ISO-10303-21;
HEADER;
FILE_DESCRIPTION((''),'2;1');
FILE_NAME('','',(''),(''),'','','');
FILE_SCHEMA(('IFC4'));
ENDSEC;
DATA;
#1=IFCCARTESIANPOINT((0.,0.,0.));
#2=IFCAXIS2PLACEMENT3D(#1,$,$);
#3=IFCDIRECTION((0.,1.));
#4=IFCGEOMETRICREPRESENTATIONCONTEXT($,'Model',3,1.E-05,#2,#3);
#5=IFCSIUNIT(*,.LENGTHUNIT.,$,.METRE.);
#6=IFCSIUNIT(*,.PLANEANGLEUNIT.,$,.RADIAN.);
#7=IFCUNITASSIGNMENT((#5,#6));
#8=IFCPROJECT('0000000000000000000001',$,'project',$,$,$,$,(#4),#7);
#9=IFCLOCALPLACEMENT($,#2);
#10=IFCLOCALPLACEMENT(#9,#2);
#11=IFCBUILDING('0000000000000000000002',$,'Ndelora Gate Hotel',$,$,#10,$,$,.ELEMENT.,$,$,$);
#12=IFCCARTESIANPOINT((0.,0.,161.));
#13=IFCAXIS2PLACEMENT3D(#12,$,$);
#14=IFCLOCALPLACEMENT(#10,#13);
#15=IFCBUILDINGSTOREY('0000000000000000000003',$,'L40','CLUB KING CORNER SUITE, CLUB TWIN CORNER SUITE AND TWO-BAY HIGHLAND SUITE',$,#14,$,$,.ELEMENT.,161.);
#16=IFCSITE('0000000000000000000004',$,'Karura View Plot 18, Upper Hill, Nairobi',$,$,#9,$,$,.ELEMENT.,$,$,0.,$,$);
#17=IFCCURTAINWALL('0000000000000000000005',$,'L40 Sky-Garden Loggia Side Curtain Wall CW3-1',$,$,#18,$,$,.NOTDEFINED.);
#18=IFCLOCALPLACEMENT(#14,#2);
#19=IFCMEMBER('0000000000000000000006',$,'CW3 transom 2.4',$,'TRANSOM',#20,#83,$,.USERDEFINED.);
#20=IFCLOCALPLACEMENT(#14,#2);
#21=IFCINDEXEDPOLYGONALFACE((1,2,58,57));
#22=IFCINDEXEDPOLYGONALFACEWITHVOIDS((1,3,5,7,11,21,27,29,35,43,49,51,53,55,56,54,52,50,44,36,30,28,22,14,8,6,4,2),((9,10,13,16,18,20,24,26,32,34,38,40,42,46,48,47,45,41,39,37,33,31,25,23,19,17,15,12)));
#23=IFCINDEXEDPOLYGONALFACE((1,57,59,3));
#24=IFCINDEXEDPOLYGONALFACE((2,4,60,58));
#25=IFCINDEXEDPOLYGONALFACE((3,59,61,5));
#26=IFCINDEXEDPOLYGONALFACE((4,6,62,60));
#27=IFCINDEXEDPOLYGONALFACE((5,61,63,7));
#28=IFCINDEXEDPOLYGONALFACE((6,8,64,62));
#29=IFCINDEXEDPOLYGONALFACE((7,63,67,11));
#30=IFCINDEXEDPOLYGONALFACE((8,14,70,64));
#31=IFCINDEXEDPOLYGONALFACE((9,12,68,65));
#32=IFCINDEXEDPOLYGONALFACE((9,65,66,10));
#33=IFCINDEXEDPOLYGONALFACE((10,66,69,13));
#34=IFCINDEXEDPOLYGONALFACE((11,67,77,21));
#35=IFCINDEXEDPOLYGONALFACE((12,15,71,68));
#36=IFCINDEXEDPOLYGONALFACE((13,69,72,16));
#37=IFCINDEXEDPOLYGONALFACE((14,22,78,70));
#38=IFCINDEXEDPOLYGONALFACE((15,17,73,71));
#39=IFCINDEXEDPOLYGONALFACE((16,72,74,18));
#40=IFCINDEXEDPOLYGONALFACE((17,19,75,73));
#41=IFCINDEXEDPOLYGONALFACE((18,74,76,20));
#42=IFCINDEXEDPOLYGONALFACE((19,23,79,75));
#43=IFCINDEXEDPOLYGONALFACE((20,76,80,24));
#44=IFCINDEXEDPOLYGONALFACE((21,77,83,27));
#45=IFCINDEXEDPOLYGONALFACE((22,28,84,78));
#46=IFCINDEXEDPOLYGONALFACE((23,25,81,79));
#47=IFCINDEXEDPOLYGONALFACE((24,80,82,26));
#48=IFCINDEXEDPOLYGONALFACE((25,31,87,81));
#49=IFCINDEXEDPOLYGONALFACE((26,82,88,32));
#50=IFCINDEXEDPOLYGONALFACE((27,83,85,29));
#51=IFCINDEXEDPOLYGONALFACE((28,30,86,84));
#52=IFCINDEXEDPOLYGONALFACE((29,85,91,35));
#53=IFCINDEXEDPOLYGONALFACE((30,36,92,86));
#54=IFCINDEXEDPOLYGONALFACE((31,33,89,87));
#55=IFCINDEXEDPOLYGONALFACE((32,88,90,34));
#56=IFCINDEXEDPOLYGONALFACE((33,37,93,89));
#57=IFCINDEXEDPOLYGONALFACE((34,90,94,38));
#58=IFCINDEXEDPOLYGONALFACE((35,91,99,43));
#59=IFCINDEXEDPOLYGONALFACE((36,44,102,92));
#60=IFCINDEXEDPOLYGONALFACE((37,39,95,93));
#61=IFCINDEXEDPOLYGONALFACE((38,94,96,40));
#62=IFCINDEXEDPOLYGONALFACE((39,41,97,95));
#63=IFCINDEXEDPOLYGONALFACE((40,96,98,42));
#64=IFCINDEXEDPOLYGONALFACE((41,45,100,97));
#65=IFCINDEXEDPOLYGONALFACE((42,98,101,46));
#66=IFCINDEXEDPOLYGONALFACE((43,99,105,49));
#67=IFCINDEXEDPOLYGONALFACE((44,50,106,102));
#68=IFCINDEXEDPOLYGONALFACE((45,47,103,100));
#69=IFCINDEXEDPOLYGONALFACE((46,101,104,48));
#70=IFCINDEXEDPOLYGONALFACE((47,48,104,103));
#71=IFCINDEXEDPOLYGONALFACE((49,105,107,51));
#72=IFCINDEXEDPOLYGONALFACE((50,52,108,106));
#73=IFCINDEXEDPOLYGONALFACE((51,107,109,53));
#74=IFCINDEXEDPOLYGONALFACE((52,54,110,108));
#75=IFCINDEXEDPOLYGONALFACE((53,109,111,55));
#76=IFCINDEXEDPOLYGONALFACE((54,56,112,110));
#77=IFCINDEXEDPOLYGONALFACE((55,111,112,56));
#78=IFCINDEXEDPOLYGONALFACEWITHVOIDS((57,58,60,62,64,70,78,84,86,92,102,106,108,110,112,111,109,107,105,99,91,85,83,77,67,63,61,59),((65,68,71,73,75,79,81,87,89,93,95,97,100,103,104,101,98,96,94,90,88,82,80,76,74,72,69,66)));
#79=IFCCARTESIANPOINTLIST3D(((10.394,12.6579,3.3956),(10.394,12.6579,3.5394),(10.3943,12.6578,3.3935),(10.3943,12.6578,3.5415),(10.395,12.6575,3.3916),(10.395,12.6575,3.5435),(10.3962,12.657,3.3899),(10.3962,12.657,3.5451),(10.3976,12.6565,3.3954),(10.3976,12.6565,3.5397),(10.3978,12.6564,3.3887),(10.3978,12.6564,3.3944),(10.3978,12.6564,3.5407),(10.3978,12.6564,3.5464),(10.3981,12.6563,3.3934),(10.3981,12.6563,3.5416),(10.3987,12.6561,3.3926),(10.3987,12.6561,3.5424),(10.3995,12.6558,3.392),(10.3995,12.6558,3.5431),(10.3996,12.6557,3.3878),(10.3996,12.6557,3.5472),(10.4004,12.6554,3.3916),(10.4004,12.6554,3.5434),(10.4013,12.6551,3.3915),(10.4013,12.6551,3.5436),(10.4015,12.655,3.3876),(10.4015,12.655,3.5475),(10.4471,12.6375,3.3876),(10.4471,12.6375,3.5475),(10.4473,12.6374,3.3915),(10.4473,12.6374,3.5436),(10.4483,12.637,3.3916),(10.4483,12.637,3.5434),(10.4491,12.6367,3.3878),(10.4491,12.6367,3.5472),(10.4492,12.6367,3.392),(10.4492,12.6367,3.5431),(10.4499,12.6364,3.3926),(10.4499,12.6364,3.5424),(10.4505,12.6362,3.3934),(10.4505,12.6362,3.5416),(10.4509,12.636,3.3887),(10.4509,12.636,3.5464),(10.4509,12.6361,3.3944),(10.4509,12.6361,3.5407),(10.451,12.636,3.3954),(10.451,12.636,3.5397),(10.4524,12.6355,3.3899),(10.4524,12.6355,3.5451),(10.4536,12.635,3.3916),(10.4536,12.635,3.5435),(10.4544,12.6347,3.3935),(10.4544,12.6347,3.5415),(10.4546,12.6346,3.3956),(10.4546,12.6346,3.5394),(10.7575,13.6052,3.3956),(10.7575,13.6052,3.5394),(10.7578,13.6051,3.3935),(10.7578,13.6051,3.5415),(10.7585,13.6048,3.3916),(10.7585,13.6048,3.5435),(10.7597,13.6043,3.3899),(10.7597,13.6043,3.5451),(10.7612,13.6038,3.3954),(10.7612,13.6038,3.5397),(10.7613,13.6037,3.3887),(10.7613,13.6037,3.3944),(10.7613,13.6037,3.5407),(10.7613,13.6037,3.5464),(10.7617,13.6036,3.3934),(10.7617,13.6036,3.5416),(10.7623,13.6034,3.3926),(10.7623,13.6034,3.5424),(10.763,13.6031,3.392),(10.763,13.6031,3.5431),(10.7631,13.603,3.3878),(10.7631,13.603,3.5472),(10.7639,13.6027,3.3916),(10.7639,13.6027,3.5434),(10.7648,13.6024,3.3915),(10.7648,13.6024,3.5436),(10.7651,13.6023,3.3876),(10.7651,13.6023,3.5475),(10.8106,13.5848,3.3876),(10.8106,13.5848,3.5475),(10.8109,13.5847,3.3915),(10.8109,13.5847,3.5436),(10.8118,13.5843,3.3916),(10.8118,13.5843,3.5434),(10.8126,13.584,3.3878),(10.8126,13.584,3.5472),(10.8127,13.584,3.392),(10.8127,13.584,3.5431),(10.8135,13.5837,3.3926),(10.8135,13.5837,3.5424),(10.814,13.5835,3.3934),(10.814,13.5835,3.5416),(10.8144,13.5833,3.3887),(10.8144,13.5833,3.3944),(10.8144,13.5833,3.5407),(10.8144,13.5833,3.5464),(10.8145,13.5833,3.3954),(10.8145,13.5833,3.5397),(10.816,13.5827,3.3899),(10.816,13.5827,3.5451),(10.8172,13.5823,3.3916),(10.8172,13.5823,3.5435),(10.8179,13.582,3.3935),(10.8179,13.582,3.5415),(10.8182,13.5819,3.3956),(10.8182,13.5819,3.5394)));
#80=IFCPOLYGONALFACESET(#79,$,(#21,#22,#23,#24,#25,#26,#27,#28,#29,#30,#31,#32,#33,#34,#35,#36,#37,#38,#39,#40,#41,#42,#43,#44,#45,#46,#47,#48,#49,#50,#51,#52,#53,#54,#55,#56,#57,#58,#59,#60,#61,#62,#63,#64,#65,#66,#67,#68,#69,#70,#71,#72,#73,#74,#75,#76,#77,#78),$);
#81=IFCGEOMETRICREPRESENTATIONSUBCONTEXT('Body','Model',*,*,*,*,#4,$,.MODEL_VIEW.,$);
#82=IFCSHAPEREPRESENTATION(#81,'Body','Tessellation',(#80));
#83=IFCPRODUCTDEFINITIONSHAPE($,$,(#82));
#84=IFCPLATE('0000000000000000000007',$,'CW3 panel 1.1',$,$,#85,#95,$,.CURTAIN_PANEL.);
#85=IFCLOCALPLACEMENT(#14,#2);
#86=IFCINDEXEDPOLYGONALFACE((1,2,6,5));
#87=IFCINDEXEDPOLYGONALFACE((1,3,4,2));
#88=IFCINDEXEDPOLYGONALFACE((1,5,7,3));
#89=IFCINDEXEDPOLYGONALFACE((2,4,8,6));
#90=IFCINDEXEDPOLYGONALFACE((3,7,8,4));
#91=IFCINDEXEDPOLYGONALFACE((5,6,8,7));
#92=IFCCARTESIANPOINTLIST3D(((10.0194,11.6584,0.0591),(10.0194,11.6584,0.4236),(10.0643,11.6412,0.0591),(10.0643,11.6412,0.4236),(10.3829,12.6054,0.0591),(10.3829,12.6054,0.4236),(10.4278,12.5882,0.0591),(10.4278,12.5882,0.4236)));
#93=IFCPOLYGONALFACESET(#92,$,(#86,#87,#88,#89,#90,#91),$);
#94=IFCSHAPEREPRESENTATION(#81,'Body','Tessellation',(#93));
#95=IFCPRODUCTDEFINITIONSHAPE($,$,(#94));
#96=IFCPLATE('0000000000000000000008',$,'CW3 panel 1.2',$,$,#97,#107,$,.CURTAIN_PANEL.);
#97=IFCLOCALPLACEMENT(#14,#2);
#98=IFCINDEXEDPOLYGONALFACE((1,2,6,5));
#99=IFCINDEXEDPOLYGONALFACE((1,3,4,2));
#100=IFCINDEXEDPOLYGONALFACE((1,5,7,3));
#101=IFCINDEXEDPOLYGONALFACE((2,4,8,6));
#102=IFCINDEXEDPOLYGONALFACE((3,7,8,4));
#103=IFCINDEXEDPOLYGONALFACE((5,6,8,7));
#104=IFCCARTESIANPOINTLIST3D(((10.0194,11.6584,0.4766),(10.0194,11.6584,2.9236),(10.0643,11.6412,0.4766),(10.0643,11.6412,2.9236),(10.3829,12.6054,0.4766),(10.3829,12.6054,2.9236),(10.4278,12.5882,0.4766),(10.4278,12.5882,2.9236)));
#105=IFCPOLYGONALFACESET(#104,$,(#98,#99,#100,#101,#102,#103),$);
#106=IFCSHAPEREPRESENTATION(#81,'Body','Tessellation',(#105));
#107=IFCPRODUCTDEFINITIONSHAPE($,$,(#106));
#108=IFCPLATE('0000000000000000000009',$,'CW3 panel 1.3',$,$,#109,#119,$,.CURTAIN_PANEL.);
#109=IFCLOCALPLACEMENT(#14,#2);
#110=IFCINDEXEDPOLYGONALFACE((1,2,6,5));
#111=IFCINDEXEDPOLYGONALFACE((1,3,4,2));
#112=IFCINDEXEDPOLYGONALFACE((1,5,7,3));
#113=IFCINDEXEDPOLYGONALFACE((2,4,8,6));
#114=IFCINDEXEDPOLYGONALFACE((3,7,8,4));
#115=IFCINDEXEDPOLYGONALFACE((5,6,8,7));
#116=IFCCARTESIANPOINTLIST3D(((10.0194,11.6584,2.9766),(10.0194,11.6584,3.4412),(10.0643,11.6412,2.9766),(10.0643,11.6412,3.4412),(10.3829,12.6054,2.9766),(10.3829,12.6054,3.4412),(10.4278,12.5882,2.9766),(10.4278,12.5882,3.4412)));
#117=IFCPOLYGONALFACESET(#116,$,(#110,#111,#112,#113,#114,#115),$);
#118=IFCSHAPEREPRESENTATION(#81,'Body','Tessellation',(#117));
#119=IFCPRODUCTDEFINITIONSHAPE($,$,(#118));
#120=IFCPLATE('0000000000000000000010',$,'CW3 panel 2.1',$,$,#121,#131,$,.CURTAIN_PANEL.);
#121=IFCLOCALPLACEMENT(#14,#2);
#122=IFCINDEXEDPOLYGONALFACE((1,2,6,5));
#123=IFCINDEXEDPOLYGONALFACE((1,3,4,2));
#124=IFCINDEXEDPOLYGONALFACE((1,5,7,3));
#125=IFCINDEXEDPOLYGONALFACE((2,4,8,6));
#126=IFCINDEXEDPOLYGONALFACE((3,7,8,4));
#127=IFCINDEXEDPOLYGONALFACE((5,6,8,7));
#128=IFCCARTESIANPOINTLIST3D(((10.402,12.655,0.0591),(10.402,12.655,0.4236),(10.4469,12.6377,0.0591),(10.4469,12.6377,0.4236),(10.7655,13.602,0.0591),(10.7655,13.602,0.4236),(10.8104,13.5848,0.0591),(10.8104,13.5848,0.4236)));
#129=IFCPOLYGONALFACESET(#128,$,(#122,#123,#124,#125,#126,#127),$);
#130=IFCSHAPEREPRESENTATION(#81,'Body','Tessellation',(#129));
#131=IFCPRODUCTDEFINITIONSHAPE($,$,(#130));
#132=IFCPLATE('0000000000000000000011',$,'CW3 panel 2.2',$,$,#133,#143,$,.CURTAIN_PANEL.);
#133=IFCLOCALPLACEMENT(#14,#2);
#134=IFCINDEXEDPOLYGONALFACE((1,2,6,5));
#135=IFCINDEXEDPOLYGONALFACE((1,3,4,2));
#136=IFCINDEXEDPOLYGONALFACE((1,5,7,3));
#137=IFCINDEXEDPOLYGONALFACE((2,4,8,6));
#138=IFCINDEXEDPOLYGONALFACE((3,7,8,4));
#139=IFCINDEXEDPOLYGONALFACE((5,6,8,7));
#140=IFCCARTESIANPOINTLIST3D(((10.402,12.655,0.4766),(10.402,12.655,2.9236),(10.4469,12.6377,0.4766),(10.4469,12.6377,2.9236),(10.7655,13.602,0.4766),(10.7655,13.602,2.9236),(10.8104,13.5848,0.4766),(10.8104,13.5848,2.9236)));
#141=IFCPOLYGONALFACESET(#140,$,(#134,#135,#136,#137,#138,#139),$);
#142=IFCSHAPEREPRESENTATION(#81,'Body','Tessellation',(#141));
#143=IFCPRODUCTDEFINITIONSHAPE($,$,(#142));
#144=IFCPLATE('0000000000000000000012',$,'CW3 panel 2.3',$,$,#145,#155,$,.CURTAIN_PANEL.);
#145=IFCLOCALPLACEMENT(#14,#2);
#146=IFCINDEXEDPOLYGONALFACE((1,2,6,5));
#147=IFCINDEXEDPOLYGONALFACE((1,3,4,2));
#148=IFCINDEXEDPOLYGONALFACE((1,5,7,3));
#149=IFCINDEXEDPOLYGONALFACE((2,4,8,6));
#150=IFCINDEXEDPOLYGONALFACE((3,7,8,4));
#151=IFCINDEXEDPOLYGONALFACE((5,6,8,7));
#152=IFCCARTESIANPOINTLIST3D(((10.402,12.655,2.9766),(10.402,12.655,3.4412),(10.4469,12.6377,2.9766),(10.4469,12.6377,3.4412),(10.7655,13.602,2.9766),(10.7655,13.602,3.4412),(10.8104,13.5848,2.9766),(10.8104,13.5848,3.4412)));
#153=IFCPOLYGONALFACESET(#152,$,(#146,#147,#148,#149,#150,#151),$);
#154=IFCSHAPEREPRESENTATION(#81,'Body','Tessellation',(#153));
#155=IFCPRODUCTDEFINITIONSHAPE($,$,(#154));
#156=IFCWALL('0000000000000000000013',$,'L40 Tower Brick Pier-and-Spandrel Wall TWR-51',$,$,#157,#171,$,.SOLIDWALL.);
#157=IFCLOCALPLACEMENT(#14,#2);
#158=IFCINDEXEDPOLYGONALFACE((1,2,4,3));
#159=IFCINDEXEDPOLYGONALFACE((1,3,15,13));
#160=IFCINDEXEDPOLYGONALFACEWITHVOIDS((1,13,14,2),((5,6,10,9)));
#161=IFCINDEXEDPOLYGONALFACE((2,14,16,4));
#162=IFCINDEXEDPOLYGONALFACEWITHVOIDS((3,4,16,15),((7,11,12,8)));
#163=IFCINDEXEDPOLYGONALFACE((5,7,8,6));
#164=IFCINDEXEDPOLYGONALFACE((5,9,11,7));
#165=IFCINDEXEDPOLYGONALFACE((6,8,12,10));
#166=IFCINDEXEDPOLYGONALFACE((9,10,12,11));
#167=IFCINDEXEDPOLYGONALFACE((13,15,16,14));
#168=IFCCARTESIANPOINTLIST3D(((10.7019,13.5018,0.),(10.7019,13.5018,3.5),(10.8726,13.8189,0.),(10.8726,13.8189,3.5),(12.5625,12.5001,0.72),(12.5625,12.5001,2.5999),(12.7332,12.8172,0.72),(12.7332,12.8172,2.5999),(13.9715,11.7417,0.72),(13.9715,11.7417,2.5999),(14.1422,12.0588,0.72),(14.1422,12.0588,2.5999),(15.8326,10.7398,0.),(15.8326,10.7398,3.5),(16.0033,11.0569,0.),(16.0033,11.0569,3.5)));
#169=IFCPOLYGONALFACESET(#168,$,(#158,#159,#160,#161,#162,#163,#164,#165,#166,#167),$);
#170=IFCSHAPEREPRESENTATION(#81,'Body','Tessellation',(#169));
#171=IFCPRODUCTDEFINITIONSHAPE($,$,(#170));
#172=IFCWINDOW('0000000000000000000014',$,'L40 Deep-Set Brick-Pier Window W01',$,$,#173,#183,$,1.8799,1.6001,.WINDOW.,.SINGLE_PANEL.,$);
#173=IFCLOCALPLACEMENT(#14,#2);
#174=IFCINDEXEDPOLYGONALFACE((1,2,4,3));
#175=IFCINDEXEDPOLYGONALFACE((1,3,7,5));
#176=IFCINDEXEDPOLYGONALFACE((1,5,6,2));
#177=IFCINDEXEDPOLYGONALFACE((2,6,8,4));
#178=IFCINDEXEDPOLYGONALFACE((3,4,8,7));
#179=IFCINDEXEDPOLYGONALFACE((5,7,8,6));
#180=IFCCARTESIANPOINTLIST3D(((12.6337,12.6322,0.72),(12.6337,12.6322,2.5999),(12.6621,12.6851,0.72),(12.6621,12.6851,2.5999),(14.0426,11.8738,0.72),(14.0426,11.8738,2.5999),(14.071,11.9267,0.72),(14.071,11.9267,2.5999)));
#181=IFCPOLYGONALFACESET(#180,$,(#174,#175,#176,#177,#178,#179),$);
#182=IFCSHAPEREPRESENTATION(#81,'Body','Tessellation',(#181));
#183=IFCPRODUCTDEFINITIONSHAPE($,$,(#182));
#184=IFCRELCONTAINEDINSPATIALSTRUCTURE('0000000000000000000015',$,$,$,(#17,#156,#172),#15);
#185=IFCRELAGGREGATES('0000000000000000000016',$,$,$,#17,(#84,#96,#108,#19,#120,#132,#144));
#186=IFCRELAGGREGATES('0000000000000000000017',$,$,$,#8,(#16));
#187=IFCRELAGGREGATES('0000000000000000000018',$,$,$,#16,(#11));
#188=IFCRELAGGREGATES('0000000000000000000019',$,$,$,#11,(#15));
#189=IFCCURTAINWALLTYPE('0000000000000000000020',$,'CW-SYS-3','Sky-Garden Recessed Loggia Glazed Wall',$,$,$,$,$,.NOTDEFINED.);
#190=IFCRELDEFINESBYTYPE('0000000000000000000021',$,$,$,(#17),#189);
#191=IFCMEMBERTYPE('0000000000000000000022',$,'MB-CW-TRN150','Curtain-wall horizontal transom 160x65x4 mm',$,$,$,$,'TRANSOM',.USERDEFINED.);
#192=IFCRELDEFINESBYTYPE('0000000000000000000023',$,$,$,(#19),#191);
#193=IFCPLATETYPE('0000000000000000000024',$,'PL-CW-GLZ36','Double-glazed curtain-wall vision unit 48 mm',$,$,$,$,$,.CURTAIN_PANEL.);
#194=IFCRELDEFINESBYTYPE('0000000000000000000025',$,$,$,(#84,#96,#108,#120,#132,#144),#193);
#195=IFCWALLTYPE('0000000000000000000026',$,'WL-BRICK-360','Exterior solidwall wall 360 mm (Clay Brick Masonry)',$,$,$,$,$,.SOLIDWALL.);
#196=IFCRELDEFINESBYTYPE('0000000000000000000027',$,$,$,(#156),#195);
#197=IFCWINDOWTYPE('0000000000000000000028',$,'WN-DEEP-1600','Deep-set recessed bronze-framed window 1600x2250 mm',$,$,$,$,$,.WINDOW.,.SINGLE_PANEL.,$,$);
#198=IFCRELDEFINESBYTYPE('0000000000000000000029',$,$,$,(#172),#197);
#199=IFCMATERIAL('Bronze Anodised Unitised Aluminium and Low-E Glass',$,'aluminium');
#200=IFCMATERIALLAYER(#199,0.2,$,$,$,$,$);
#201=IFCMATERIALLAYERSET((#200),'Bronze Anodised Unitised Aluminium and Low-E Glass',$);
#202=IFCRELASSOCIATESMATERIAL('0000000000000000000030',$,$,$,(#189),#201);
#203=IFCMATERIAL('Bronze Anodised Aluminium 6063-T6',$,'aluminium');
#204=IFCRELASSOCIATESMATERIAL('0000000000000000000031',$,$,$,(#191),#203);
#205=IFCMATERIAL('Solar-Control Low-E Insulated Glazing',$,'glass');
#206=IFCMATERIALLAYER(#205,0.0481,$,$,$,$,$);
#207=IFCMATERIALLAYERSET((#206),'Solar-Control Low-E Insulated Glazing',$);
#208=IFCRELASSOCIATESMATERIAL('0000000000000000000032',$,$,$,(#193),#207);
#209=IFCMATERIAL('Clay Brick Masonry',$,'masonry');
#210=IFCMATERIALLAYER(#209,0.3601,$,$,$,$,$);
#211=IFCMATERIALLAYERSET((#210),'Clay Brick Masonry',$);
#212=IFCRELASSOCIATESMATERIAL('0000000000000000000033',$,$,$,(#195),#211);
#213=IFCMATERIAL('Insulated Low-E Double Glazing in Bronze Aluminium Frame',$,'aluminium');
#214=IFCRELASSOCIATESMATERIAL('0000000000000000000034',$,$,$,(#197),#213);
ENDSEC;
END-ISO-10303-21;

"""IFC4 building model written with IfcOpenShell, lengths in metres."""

from ifc_helpers import new_model, si_unit, direction, frame, frame_2d, origin, origin_2d, place, context, subcontext, project, spatial, rectangle, hollow_rectangle, extrude, material, layer, layer_set, material_profile, profile_set, type_object, element, fill, aggregate, save


model = new_model("IFC4")

# Units and contexts
model_context = context("Model", 3, precision=1e-05, world=origin(), true_north=direction((0.0, 1.0)))
body_context = subcontext(model_context, "Body", "Model", "MODEL_VIEW")
ifc_project = project(units=[si_unit("LENGTHUNIT", "METRE"), si_unit("PLANEANGLEUNIT", "RADIAN")], contexts=[model_context])

# Site, building, storey
site_placement = place(None, origin())
site = spatial("IfcSite", under=ifc_project, at=site_placement, Name="Karura View Plot 18, Upper Hill, Nairobi", CompositionType="ELEMENT", RefElevation=0.0)
building_placement = place(site_placement, origin())
building = spatial("IfcBuilding", under=site, at=building_placement, Name="Ndelora Gate Hotel", CompositionType="ELEMENT")
storey_placement = place(building_placement, frame((0.0, 0.0, 161.0)))
storey = spatial("IfcBuildingStorey", under=building, at=storey_placement, Name="L40", Description="CLUB KING CORNER SUITE, CLUB TWIN CORNER SUITE AND TWO-BAY HIGHLAND SUITE", CompositionType="ELEMENT", Elevation=161.0)

# Curtain wall, member, plates
ifc_material_1 = material(Name="Bronze Anodised Unitised Aluminium and Low-E Glass", Category="aluminium")
ifc_layer_1 = layer(ifc_material_1, 0.2)
ifc_layer_set_1 = layer_set([ifc_layer_1], Name="Bronze Anodised Unitised Aluminium and Low-E Glass")
curtain_wall_type = type_object("IfcCurtainWallType", Name="CW-SYS-3", Description="Sky-Garden Recessed Loggia Glazed Wall", PredefinedType="NOTDEFINED", material=ifc_layer_set_1)
curtain_wall_placement = place(storey_placement, origin())
curtain_wall = element("IfcCurtainWall", 1, at=curtain_wall_placement, inside=storey, type_object=curtain_wall_type, Name="L40 Sky-Garden Loggia Side Curtain Wall CW3-1", PredefinedType="NOTDEFINED")
ifc_material_2 = material(Name="Bronze Anodised Aluminium 6063-T6", Category="aluminium")
ifc_material_profile_1 = material_profile(ifc_material_2, hollow_rectangle(XDim=0.0649, YDim=0.1599, WallThickness=0.0039, InnerFilletRadius=0.0039, OuterFilletRadius=0.0081, at=origin_2d()), Name="ALU 160x65x4")
ifc_profile_set_1 = profile_set([ifc_material_profile_1], Name="Bronze Anodised Aluminium 6063-T6")
member_type_1 = type_object("IfcMemberType", Name="MB-CW-TRN150", Description="Curtain-wall horizontal transom 160x65x4 mm", ElementType="TRANSOM", PredefinedType="USERDEFINED", material=ifc_profile_set_1)
member_1_placement = place(storey_placement, frame((10.4243, 12.6462, 3.4675), z_axis=(0.358286, 0.933612, 0.0), x_axis=(-0.933612, 0.358286, 0.0)))
member_1 = element("IfcMember", 2, at=member_1_placement, type_object=member_type_1, Name="CW3 transom 2.4", ObjectType="TRANSOM", PredefinedType="USERDEFINED", context=body_context, shape_type="SweptSolid", body=[
    extrude(hollow_rectangle(XDim=0.0649, YDim=0.1599, WallThickness=0.0039, InnerFilletRadius=0.0039, OuterFilletRadius=0.0081, at=origin_2d()), origin(), (0.0, 0.0, 1.0), 1.0146),
])
ifc_material_3 = material(Name="Solar-Control Low-E Insulated Glazing", Category="glass")
ifc_layer_2 = layer(ifc_material_3, 0.0481)
ifc_layer_set_2 = layer_set([ifc_layer_2], Name="Solar-Control Low-E Insulated Glazing")
plate_type = type_object("IfcPlateType", Name="PL-CW-GLZ36", Description="Double-glazed curtain-wall vision unit 48 mm", PredefinedType="CURTAIN_PANEL", material=ifc_layer_set_2)
plate_1_placement = place(storey_placement, frame((10.2236, 12.1233, 0.0591), z_axis=(0.0, 0.0, 1.0), x_axis=(0.358361, 0.933583, 0.0)))
plate_1 = element("IfcPlate", 3, at=plate_1_placement, type_object=plate_type, Name="CW3 panel 1.1", PredefinedType="CURTAIN_PANEL", context=body_context, shape_type="SweptSolid", body=[
    extrude(rectangle(XDim=1.0144, YDim=0.0481, at=origin_2d()), origin(), (0.0, 0.0, 1.0), 0.3645),
])
plate_2_placement = place(storey_placement, frame((10.2236, 12.1233, 0.4766), z_axis=(0.0, 0.0, 1.0), x_axis=(0.358361, 0.933583, 0.0)))
plate_2 = element("IfcPlate", 4, at=plate_2_placement, type_object=plate_type, Name="CW3 panel 1.2", PredefinedType="CURTAIN_PANEL", context=body_context, shape_type="SweptSolid", body=[
    extrude(rectangle(XDim=1.0144, YDim=0.0481, at=origin_2d()), origin(), (0.0, 0.0, 1.0), 2.447),
])
plate_3_placement = place(storey_placement, frame((10.2236, 12.1233, 2.9766), z_axis=(0.0, 0.0, 1.0), x_axis=(0.358361, 0.933583, 0.0)))
plate_3 = element("IfcPlate", 5, at=plate_3_placement, type_object=plate_type, Name="CW3 panel 1.3", PredefinedType="CURTAIN_PANEL", context=body_context, shape_type="SweptSolid", body=[
    extrude(rectangle(XDim=1.0144, YDim=0.0481, at=origin_2d()), origin(), (0.0, 0.0, 1.0), 0.4646),
])
plate_4_placement = place(storey_placement, frame((10.6062, 13.1199, 0.0591), z_axis=(0.0, 0.0, 1.0), x_axis=(0.358361, 0.933583, 0.0)))
plate_4 = element("IfcPlate", 6, at=plate_4_placement, type_object=plate_type, Name="CW3 panel 2.1", PredefinedType="CURTAIN_PANEL", context=body_context, shape_type="SweptSolid", body=[
    extrude(rectangle(XDim=1.0144, YDim=0.0481, at=origin_2d()), origin(), (0.0, 0.0, 1.0), 0.3645),
])
plate_5_placement = place(storey_placement, frame((10.6062, 13.1199, 0.4766), z_axis=(0.0, 0.0, 1.0), x_axis=(0.358361, 0.933583, 0.0)))
plate_5 = element("IfcPlate", 7, at=plate_5_placement, type_object=plate_type, Name="CW3 panel 2.2", PredefinedType="CURTAIN_PANEL", context=body_context, shape_type="SweptSolid", body=[
    extrude(rectangle(XDim=1.0144, YDim=0.0481, at=origin_2d()), origin(), (0.0, 0.0, 1.0), 2.447),
])
plate_6_placement = place(storey_placement, frame((10.6062, 13.1199, 2.9766), z_axis=(0.0, 0.0, 1.0), x_axis=(0.358361, 0.933583, 0.0)))
plate_6 = element("IfcPlate", 8, at=plate_6_placement, type_object=plate_type, Name="CW3 panel 2.3", PredefinedType="CURTAIN_PANEL", context=body_context, shape_type="SweptSolid", body=[
    extrude(rectangle(XDim=1.0144, YDim=0.0481, at=origin_2d()), origin(), (0.0, 0.0, 1.0), 0.4646),
])
aggregate(curtain_wall, [plate_1, plate_2, plate_3, member_1, plate_4, plate_5, plate_6])

# Wall, opening, window
ifc_material_4 = material(Name="Clay Brick Masonry", Category="masonry")
ifc_layer_3 = layer(ifc_material_4, 0.3601)
ifc_layer_set_3 = layer_set([ifc_layer_3], Name="Clay Brick Masonry")
wall_type_1 = type_object("IfcWallType", Name="WL-BRICK-360", Description="Exterior solidwall wall 360 mm (Clay Brick Masonry)", PredefinedType="SOLIDWALL", material=ifc_layer_set_3)
wall_1_placement = place(storey_placement, frame((10.7871, 13.6604, 0.0), z_axis=(0.0, 0.0, 1.0), x_axis=(0.88052, -0.47401, 0.0)))
wall_1 = element("IfcWall", 9, at=wall_1_placement, inside=storey, type_object=wall_type_1, Name="L40 Tower Brick Pier-and-Spandrel Wall TWR-51", PredefinedType="SOLIDWALL", context=body_context, shape_type="SweptSolid", body=[
    extrude(rectangle(XDim=5.8269, YDim=0.3601, at=frame_2d((2.9136, 0.0))), origin(), (0.0, 0.0, 1.0), 3.5),
])
opening_1_placement = place(wall_1_placement, frame((2.1133, 0.0, 0.72)))
opening_1 = element("IfcOpeningElement", 10, at=opening_1_placement, cuts=wall_1, PredefinedType="OPENING", context=body_context, shape_type="SweptSolid", body=[
    extrude(rectangle(XDim=1.6001, YDim=1.8799, at=frame_2d((0.8, 0.9399))), frame((0.0, 0.1899, 0.0), z_axis=(0.0, -1.0, 0.0), x_axis=(1.0, 0.0, 0.0)), (0.0, 0.0, 1.0), 0.3801),
])
ifc_material_5 = material(Name="Insulated Low-E Double Glazing in Bronze Aluminium Frame", Category="aluminium")
window_type = type_object("IfcWindowType", Name="WN-DEEP-1600", Description="Deep-set recessed bronze-framed window 1600x2250 mm", PartitioningType="SINGLE_PANEL", PredefinedType="WINDOW", material=ifc_material_5)
window_placement = place(opening_1_placement, origin())
window = element("IfcWindow", 11, at=window_placement, inside=storey, type_object=window_type, Name="L40 Deep-Set Brick-Pier Window W01", OverallHeight=1.8799, OverallWidth=1.6001, PartitioningType="SINGLE_PANEL", PredefinedType="WINDOW", context=body_context, shape_type="SweptSolid", body=[
    extrude(rectangle(XDim=1.6001, YDim=1.8799, at=frame_2d((0.8, 0.9399))), frame((0.0, 0.03, 0.0), z_axis=(0.0, -1.0, 0.0), x_axis=(1.0, 0.0, 0.0)), (0.0, 0.0, 1.0), 0.0601),
])
fill(opening_1, window)

save(model, "model.ifc")
